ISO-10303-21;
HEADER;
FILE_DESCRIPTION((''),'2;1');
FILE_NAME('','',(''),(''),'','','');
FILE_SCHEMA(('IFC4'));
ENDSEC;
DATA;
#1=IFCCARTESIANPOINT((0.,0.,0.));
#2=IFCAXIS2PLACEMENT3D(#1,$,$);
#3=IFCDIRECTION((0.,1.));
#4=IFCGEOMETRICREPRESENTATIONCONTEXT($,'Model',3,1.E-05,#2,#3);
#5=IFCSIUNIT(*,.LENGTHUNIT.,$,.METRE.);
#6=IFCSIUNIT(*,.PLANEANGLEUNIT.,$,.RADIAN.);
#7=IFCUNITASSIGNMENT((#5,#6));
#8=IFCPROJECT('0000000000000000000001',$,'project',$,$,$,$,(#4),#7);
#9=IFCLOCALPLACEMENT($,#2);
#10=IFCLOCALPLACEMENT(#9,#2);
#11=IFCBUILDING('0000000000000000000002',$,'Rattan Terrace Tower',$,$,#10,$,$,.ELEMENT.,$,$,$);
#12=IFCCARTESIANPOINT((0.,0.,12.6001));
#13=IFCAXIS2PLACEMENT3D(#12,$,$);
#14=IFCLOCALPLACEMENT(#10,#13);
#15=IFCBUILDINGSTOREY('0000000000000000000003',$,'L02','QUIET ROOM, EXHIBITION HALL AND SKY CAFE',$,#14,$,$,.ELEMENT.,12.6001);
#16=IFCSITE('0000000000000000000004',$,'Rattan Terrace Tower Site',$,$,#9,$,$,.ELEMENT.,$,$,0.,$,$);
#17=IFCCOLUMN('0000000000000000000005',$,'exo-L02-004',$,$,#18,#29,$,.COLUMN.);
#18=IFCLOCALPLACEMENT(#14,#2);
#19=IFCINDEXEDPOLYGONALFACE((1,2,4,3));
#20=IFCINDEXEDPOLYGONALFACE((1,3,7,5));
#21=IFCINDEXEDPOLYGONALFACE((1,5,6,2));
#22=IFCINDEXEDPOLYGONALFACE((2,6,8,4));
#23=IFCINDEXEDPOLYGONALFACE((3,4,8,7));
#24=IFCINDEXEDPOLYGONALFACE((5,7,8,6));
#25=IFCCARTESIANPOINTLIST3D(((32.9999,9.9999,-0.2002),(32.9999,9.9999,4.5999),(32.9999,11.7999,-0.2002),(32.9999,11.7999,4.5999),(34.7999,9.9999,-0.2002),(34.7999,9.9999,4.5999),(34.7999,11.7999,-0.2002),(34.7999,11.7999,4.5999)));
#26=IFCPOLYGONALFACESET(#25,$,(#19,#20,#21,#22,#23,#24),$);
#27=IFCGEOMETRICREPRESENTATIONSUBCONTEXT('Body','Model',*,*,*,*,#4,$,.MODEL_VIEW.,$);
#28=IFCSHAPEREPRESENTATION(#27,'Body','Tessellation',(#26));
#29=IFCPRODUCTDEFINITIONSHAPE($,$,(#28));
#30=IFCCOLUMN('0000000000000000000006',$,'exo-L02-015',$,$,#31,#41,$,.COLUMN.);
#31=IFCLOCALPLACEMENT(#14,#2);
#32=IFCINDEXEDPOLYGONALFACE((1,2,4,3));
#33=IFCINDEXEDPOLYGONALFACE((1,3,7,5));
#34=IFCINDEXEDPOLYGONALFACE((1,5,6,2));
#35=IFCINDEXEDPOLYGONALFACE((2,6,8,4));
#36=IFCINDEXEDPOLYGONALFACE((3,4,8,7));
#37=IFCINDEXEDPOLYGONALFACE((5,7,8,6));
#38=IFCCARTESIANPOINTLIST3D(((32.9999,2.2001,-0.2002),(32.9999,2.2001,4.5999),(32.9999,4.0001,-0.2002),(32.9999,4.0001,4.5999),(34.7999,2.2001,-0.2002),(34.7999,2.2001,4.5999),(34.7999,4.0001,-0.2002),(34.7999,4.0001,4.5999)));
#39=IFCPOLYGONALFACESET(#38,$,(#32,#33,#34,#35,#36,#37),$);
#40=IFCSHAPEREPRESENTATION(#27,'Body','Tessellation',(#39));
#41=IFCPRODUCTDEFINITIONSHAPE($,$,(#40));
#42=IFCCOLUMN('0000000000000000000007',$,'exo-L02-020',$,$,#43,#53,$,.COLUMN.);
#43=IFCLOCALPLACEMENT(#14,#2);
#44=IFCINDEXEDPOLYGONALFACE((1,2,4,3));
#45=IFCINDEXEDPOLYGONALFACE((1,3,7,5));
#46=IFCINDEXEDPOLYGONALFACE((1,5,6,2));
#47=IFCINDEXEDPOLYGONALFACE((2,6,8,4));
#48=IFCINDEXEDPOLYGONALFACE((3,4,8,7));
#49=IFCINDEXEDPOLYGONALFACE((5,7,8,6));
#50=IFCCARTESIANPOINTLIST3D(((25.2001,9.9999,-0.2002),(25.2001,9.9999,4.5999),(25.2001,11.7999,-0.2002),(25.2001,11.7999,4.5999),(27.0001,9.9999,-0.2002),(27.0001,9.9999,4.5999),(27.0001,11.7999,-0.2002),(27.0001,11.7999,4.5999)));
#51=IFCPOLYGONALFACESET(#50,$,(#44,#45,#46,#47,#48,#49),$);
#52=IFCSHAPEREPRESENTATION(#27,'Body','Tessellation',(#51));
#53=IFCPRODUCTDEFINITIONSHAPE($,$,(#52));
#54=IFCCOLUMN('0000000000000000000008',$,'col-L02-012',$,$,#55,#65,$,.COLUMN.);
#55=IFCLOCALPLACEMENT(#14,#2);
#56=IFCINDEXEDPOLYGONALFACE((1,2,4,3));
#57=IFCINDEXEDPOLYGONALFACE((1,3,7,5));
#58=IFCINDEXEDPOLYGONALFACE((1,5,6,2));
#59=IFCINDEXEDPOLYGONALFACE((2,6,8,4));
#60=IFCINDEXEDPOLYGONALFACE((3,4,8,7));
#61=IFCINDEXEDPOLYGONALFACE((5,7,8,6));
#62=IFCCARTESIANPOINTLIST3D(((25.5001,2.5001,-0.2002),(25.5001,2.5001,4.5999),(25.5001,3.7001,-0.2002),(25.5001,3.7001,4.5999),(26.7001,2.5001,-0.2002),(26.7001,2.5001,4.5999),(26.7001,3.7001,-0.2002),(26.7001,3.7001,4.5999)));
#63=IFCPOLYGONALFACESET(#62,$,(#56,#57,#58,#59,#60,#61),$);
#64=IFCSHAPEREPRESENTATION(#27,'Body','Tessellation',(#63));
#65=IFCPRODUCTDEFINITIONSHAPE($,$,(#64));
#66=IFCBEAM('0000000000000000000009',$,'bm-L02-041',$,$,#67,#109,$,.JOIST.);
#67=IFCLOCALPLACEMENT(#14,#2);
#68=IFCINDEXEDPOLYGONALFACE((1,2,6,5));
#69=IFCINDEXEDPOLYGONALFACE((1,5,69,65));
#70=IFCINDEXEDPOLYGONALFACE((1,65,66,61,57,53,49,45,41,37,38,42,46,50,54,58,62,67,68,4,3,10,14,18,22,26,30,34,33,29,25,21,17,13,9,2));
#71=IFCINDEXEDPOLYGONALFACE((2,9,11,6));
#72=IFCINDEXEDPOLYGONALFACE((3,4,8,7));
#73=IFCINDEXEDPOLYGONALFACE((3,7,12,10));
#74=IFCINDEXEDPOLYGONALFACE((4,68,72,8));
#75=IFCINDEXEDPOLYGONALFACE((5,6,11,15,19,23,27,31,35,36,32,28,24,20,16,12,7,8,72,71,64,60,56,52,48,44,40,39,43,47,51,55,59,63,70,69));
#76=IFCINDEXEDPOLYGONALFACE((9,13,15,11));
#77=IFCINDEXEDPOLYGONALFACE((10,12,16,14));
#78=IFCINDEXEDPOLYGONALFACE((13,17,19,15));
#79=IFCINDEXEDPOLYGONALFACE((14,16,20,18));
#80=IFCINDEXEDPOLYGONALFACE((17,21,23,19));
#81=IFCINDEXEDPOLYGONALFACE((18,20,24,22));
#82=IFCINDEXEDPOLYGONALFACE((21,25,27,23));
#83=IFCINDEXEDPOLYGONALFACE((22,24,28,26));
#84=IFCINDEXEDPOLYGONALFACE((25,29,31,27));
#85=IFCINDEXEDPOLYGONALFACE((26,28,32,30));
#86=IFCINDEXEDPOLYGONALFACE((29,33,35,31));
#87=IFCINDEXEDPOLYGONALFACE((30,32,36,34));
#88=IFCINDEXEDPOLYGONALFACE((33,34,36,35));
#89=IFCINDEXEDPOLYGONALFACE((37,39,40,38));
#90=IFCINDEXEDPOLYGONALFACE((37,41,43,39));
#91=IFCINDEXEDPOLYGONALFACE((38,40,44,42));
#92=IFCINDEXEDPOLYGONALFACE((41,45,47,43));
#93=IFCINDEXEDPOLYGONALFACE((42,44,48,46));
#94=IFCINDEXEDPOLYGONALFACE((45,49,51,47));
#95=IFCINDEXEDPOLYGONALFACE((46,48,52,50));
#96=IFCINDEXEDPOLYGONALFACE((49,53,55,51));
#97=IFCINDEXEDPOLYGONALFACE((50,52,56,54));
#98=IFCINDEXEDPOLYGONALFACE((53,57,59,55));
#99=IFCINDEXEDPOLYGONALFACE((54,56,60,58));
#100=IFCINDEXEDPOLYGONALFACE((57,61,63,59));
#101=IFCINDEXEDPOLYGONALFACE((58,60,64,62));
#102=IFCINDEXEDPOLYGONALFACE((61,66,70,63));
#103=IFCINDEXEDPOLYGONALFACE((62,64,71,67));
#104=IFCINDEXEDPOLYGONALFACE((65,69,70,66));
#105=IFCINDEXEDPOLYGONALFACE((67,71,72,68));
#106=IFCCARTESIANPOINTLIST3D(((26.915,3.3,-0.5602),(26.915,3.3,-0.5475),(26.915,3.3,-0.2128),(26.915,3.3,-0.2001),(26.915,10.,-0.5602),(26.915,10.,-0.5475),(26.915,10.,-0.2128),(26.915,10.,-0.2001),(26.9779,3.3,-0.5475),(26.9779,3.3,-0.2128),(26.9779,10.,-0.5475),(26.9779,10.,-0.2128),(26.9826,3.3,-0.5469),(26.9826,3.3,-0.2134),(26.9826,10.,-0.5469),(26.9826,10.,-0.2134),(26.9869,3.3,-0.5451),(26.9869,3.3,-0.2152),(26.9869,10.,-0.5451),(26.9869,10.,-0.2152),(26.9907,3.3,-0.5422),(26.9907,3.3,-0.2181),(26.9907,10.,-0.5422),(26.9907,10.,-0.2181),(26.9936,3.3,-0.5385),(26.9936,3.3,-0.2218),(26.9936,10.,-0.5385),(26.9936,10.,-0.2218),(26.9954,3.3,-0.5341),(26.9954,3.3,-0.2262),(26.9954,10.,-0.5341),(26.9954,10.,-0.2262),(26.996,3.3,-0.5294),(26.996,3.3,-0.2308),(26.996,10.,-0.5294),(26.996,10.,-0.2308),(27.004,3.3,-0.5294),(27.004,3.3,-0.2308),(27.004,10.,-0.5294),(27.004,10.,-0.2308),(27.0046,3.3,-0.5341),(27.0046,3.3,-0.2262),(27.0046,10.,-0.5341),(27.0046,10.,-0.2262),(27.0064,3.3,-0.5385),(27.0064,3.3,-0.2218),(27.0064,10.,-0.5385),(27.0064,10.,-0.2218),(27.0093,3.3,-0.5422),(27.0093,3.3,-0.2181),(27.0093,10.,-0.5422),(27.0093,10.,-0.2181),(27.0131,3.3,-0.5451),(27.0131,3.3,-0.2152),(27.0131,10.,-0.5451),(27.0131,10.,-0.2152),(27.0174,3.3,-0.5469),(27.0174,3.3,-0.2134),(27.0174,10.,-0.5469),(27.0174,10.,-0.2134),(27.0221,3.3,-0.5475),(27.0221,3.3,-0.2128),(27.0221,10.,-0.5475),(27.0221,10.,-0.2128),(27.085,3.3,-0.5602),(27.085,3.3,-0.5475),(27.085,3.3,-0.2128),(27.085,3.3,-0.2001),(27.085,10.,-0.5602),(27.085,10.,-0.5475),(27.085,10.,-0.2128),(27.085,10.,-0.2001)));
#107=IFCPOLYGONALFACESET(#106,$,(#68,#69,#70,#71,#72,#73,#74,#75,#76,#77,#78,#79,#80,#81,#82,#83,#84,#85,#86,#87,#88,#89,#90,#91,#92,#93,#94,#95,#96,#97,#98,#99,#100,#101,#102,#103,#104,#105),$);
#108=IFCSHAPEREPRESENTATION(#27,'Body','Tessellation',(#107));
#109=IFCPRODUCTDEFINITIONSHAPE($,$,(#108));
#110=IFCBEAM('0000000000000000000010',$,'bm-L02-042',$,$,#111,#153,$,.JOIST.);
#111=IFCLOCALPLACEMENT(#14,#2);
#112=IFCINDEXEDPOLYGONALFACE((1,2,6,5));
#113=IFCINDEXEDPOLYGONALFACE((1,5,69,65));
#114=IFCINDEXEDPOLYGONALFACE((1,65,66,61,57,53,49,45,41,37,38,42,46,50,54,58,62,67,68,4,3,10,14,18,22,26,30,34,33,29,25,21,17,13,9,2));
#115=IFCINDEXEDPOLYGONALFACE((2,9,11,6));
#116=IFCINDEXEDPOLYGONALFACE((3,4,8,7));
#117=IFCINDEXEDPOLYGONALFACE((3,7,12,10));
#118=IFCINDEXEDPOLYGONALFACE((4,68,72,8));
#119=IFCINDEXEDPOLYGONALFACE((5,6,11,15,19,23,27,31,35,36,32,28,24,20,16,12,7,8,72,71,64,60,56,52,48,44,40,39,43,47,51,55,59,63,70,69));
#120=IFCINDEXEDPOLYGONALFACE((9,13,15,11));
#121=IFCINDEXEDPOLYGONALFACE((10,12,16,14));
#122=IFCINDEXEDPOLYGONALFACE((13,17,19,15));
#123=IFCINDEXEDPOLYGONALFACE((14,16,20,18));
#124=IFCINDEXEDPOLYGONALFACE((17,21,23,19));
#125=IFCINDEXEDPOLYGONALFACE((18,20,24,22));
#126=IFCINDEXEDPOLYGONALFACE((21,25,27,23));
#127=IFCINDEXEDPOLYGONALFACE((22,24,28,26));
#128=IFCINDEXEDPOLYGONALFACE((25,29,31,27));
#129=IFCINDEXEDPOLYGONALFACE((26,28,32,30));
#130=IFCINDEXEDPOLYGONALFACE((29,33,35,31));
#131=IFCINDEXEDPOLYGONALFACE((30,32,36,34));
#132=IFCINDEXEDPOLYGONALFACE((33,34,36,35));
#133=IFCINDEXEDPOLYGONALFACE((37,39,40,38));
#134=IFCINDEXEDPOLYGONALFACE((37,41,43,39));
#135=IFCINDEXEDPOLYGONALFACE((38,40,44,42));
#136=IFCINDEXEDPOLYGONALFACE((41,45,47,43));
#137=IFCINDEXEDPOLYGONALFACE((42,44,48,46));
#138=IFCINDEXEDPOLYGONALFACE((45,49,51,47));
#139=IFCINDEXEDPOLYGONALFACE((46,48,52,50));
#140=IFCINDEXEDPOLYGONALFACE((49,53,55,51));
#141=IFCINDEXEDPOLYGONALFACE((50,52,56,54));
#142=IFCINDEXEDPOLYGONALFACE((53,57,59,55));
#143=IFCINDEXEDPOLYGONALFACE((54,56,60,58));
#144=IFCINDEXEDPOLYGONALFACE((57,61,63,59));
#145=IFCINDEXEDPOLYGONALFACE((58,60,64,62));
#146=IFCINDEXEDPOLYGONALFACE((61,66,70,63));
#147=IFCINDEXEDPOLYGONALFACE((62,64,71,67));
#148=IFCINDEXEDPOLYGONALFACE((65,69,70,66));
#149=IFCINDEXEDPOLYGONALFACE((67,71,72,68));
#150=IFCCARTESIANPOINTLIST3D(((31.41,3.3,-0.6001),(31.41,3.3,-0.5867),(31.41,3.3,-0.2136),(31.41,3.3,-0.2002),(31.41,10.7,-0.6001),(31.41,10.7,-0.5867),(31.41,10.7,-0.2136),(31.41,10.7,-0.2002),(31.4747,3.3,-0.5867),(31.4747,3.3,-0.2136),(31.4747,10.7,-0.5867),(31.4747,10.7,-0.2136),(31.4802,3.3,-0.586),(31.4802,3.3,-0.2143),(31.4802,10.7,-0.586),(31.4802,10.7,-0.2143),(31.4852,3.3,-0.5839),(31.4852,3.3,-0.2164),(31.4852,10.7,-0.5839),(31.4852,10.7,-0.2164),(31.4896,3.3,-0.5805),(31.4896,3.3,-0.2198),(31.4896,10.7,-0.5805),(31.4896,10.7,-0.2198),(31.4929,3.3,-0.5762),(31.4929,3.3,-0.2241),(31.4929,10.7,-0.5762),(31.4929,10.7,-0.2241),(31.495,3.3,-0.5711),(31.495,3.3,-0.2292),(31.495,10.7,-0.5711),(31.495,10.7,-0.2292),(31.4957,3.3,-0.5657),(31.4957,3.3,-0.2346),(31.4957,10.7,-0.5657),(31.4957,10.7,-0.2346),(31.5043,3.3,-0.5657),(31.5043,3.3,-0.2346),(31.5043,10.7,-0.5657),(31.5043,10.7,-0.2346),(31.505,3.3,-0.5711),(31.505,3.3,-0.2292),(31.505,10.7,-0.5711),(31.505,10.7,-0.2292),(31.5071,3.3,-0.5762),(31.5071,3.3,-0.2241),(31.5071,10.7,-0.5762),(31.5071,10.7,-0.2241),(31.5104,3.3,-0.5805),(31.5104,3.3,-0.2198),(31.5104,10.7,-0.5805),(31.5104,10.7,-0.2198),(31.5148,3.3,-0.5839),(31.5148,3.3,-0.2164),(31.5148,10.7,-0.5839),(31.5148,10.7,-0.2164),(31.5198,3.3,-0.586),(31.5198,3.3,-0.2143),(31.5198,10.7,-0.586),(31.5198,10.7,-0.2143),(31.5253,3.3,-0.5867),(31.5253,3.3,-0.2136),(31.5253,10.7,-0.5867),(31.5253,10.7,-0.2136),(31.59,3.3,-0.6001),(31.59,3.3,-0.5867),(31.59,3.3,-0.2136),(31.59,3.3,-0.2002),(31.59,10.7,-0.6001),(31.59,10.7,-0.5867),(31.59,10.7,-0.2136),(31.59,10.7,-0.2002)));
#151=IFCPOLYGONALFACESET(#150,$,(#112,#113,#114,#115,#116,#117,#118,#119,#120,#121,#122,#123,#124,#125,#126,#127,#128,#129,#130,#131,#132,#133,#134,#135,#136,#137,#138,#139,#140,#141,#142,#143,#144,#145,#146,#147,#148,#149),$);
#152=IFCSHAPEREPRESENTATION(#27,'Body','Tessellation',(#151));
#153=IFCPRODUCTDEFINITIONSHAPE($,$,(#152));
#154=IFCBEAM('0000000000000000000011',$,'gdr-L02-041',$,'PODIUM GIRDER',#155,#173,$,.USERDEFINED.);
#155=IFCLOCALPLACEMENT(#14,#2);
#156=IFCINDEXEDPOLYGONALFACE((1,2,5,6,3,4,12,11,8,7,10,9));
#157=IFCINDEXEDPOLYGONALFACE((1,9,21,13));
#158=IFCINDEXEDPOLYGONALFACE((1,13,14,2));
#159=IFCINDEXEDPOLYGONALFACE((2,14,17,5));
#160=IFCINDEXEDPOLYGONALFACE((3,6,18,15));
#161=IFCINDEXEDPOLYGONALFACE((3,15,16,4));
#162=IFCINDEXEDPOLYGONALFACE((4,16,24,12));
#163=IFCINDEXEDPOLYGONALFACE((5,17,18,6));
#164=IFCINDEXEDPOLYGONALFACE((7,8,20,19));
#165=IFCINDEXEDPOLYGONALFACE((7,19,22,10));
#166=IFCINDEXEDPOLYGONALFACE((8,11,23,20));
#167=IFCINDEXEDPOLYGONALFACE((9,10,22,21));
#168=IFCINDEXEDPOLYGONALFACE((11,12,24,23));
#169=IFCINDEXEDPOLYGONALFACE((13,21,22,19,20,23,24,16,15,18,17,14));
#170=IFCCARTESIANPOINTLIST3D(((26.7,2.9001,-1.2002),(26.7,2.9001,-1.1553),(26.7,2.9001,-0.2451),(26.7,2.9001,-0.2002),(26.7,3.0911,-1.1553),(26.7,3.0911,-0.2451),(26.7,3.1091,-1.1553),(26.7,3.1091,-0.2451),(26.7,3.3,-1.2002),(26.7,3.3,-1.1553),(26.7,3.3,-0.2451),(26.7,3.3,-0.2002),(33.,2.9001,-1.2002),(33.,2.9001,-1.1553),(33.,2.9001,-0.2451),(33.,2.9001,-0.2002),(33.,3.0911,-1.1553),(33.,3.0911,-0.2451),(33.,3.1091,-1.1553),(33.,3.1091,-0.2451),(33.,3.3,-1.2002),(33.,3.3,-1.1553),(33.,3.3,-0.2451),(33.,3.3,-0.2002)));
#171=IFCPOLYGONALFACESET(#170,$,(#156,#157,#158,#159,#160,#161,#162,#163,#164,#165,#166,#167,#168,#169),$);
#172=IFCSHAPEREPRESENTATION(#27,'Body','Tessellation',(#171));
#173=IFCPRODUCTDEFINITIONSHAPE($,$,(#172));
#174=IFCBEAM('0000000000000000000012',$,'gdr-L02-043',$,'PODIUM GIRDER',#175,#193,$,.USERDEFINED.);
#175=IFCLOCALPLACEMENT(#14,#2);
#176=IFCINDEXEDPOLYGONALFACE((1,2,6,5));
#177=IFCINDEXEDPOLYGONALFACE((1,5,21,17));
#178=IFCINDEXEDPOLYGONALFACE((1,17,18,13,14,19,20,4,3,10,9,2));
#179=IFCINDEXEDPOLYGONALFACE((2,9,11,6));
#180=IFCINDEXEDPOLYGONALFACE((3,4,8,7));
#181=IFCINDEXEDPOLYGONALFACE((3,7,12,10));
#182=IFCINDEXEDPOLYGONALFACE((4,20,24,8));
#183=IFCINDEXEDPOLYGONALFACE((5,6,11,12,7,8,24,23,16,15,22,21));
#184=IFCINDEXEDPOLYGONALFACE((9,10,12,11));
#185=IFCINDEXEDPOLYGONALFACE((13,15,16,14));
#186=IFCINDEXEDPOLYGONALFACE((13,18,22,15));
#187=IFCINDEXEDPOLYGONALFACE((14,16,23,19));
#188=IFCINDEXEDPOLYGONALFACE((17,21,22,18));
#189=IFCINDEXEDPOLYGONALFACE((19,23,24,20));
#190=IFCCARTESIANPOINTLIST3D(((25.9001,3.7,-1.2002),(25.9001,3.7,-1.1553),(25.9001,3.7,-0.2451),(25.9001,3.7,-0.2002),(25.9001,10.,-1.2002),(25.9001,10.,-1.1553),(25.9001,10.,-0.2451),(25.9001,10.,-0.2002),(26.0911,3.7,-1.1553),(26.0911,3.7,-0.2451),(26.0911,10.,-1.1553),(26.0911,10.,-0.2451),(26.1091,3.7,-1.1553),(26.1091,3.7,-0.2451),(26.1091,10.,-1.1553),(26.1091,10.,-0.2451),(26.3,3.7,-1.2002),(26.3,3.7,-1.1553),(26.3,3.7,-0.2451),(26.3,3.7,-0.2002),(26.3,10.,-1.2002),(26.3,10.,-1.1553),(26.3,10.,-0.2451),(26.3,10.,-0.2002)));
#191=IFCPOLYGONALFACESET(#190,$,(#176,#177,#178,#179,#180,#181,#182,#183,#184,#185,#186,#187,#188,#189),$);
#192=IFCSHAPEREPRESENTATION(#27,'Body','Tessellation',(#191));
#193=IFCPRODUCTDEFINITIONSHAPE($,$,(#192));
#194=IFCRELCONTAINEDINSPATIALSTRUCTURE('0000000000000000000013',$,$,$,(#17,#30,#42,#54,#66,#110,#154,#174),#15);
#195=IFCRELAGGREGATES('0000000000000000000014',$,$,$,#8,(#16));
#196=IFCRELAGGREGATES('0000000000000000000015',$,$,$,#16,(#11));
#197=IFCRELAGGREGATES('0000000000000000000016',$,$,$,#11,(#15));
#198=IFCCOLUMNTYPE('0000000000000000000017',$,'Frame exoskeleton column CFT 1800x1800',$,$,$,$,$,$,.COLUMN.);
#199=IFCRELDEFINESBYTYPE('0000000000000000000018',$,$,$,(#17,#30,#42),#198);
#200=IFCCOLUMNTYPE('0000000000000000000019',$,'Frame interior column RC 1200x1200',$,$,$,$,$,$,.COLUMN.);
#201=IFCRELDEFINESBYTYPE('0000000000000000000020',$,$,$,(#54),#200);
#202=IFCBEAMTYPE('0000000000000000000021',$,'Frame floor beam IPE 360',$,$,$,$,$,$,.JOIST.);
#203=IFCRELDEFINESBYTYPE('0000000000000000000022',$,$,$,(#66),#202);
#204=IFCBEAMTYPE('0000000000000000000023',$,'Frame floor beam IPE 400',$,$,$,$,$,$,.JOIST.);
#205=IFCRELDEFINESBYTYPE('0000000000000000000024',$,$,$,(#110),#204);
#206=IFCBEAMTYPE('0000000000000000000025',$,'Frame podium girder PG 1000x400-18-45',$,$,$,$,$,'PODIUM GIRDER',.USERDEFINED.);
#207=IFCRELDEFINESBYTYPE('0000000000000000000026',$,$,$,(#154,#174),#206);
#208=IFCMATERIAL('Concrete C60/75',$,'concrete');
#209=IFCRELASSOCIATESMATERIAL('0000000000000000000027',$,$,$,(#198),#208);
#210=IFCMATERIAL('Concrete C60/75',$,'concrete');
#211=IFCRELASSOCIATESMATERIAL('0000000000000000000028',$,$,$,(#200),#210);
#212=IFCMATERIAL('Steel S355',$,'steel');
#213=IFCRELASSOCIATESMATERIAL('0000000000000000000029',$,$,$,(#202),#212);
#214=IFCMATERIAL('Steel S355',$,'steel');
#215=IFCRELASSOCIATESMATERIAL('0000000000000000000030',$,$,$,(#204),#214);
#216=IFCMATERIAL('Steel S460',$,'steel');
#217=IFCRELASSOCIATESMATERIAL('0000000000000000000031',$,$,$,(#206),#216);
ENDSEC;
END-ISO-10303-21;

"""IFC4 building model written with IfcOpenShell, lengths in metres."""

from ifc_helpers import new_model, si_unit, direction, frame, origin, origin_2d, place, context, subcontext, project, spatial, rectangle, i_section, extrude, material, material_profile, profile_set, type_object, element, save


model = new_model("IFC4")

# Units and contexts
model_context = context("Model", 3, precision=1e-05, world=origin(), true_north=direction((0.0, 1.0)))
body_context = subcontext(model_context, "Body", "Model", "MODEL_VIEW")
ifc_project = project(units=[si_unit("LENGTHUNIT", "METRE"), si_unit("PLANEANGLEUNIT", "RADIAN")], contexts=[model_context])

# Site, building, storey
site_placement = place(None, origin())
site = spatial("IfcSite", under=ifc_project, at=site_placement, Name="Rattan Terrace Tower Site", CompositionType="ELEMENT", RefElevation=0.0)
building_placement = place(site_placement, origin())
building = spatial("IfcBuilding", under=site, at=building_placement, Name="Rattan Terrace Tower", CompositionType="ELEMENT")
storey_placement = place(building_placement, frame((0.0, 0.0, 12.6001)))
storey = spatial("IfcBuildingStorey", under=building, at=storey_placement, Name="L02", Description="QUIET ROOM, EXHIBITION HALL AND SKY CAFE", CompositionType="ELEMENT", Elevation=12.6001)

# Columns
ifc_material_1 = material(Name="Concrete C60/75", Category="concrete")
ifc_material_profile_1 = material_profile(ifc_material_1, rectangle(XDim=1.8, YDim=1.8, at=origin_2d()), Name="CFT 1800x1800")
ifc_profile_set_1 = profile_set([ifc_material_profile_1], Name="Concrete C60/75")
column_type_1 = type_object("IfcColumnType", Name="Frame exoskeleton column CFT 1800x1800", PredefinedType="COLUMN", material=ifc_profile_set_1)
for number, where, z_axis, x_axis, name in (
    (1, (33.8999, 10.8999, -0.2002), (0.0, 0.0, 1.0), (1.0, 0.0, 0.0), "exo-L02-004"),
    (2, (33.8999, 3.1001, -0.2002), (0.0, 0.0, 1.0), (0.0, 1.0, 0.0), "exo-L02-015"),
    (3, (26.1001, 10.8999, -0.2002), (0.0, 0.0, 1.0), (1.0, 0.0, 0.0), "exo-L02-020"),
):
    element("IfcColumn", number, at=place(storey_placement, frame(where, z_axis=z_axis, x_axis=x_axis)), inside=storey, type_object=column_type_1, Name=name, PredefinedType="COLUMN", context=body_context, shape_type="SweptSolid", body=[
        extrude(rectangle(XDim=1.8, YDim=1.8, at=origin_2d()), origin(), (0.0, 0.0, 1.0), 4.8),
    ])
ifc_material_2 = material(Name="Concrete C60/75", Category="concrete")
ifc_material_profile_2 = material_profile(ifc_material_2, rectangle(XDim=1.2, YDim=1.2, at=origin_2d()), Name="RC 1200x1200")
ifc_profile_set_2 = profile_set([ifc_material_profile_2], Name="Concrete C60/75")
column_type_2 = type_object("IfcColumnType", Name="Frame interior column RC 1200x1200", PredefinedType="COLUMN", material=ifc_profile_set_2)
column_placement = place(storey_placement, frame((26.1001, 3.1001, -0.2002), z_axis=(0.0, 0.0, 1.0), x_axis=(1.0, 0.0, 0.0)))
element("IfcColumn", 4, at=column_placement, inside=storey, type_object=column_type_2, Name="col-L02-012", PredefinedType="COLUMN", context=body_context, shape_type="SweptSolid", body=[
    extrude(rectangle(XDim=1.2, YDim=1.2, at=origin_2d()), origin(), (0.0, 0.0, 1.0), 4.8),
])

# Beams
ifc_material_3 = material(Name="Steel S355", Category="steel")
ifc_material_profile_3 = material_profile(ifc_material_3, i_section(OverallWidth=0.1699, OverallDepth=0.3601, WebThickness=0.0081, FlangeThickness=0.0127, FilletRadius=0.0181, at=origin_2d()), Name="IPE 360")
ifc_profile_set_3 = profile_set([ifc_material_profile_3], Name="Steel S355")
beam_type_1 = type_object("IfcBeamType", Name="Frame floor beam IPE 360", PredefinedType="JOIST", material=ifc_profile_set_3)
beam_1_placement = place(storey_placement, frame((27.0, 3.3, -0.3801), z_axis=(0.0, 1.0, 0.0), x_axis=(-1.0, 0.0, 0.0)))
element("IfcBeam", 5, at=beam_1_placement, inside=storey, type_object=beam_type_1, Name="bm-L02-041", PredefinedType="JOIST", context=body_context, shape_type="SweptSolid", body=[
    extrude(i_section(OverallWidth=0.1699, OverallDepth=0.3601, WebThickness=0.0081, FlangeThickness=0.0127, FilletRadius=0.0181, at=origin_2d()), origin(), (0.0, 0.0, 1.0), 6.7),
])
ifc_material_4 = material(Name="Steel S355", Category="steel")
ifc_material_profile_4 = material_profile(ifc_material_4, i_section(OverallWidth=0.1799, OverallDepth=0.3999, WebThickness=0.0085, FlangeThickness=0.0134, FilletRadius=0.021, at=origin_2d()), Name="IPE 400")
ifc_profile_set_4 = profile_set([ifc_material_profile_4], Name="Steel S355")
beam_type_2 = type_object("IfcBeamType", Name="Frame floor beam IPE 400", PredefinedType="JOIST", material=ifc_profile_set_4)
beam_2_placement = place(storey_placement, frame((31.5, 3.3, -0.4001), z_axis=(0.0, 1.0, 0.0), x_axis=(-1.0, 0.0, 0.0)))
element("IfcBeam", 6, at=beam_2_placement, inside=storey, type_object=beam_type_2, Name="bm-L02-042", PredefinedType="JOIST", context=body_context, shape_type="SweptSolid", body=[
    extrude(i_section(OverallWidth=0.1799, OverallDepth=0.3999, WebThickness=0.0085, FlangeThickness=0.0134, FilletRadius=0.021, at=origin_2d()), origin(), (0.0, 0.0, 1.0), 7.3999),
])
ifc_material_5 = material(Name="Steel S460", Category="steel")
ifc_material_profile_5 = material_profile(ifc_material_5, i_section(OverallWidth=0.3999, OverallDepth=1.0, WebThickness=0.0181, FlangeThickness=0.0449, at=origin_2d()), Name="PG 1000x400-18-45")
ifc_profile_set_5 = profile_set([ifc_material_profile_5], Name="Steel S460")
beam_type_3 = type_object("IfcBeamType", Name="Frame podium girder PG 1000x400-18-45", ElementType="PODIUM GIRDER", PredefinedType="USERDEFINED", material=ifc_profile_set_5)
for number, where, z_axis, x_axis, name in (
    (7, (26.7, 3.1001, -0.7002), (1.0, 0.0, 0.0), (0.0, 1.0, 0.0), "gdr-L02-041"),
    (8, (26.1001, 3.7, -0.7002), (0.0, 1.0, 0.0), (-1.0, 0.0, 0.0), "gdr-L02-043"),
):
    element("IfcBeam", number, at=place(storey_placement, frame(where, z_axis=z_axis, x_axis=x_axis)), inside=storey, type_object=beam_type_3, Name=name, ObjectType="PODIUM GIRDER", PredefinedType="USERDEFINED", context=body_context, shape_type="SweptSolid", body=[
        extrude(i_section(OverallWidth=0.3999, OverallDepth=1.0, WebThickness=0.0181, FlangeThickness=0.0449, at=origin_2d()), origin(), (0.0, 0.0, 1.0), 6.3),
    ])

save(model, "model.ifc")
